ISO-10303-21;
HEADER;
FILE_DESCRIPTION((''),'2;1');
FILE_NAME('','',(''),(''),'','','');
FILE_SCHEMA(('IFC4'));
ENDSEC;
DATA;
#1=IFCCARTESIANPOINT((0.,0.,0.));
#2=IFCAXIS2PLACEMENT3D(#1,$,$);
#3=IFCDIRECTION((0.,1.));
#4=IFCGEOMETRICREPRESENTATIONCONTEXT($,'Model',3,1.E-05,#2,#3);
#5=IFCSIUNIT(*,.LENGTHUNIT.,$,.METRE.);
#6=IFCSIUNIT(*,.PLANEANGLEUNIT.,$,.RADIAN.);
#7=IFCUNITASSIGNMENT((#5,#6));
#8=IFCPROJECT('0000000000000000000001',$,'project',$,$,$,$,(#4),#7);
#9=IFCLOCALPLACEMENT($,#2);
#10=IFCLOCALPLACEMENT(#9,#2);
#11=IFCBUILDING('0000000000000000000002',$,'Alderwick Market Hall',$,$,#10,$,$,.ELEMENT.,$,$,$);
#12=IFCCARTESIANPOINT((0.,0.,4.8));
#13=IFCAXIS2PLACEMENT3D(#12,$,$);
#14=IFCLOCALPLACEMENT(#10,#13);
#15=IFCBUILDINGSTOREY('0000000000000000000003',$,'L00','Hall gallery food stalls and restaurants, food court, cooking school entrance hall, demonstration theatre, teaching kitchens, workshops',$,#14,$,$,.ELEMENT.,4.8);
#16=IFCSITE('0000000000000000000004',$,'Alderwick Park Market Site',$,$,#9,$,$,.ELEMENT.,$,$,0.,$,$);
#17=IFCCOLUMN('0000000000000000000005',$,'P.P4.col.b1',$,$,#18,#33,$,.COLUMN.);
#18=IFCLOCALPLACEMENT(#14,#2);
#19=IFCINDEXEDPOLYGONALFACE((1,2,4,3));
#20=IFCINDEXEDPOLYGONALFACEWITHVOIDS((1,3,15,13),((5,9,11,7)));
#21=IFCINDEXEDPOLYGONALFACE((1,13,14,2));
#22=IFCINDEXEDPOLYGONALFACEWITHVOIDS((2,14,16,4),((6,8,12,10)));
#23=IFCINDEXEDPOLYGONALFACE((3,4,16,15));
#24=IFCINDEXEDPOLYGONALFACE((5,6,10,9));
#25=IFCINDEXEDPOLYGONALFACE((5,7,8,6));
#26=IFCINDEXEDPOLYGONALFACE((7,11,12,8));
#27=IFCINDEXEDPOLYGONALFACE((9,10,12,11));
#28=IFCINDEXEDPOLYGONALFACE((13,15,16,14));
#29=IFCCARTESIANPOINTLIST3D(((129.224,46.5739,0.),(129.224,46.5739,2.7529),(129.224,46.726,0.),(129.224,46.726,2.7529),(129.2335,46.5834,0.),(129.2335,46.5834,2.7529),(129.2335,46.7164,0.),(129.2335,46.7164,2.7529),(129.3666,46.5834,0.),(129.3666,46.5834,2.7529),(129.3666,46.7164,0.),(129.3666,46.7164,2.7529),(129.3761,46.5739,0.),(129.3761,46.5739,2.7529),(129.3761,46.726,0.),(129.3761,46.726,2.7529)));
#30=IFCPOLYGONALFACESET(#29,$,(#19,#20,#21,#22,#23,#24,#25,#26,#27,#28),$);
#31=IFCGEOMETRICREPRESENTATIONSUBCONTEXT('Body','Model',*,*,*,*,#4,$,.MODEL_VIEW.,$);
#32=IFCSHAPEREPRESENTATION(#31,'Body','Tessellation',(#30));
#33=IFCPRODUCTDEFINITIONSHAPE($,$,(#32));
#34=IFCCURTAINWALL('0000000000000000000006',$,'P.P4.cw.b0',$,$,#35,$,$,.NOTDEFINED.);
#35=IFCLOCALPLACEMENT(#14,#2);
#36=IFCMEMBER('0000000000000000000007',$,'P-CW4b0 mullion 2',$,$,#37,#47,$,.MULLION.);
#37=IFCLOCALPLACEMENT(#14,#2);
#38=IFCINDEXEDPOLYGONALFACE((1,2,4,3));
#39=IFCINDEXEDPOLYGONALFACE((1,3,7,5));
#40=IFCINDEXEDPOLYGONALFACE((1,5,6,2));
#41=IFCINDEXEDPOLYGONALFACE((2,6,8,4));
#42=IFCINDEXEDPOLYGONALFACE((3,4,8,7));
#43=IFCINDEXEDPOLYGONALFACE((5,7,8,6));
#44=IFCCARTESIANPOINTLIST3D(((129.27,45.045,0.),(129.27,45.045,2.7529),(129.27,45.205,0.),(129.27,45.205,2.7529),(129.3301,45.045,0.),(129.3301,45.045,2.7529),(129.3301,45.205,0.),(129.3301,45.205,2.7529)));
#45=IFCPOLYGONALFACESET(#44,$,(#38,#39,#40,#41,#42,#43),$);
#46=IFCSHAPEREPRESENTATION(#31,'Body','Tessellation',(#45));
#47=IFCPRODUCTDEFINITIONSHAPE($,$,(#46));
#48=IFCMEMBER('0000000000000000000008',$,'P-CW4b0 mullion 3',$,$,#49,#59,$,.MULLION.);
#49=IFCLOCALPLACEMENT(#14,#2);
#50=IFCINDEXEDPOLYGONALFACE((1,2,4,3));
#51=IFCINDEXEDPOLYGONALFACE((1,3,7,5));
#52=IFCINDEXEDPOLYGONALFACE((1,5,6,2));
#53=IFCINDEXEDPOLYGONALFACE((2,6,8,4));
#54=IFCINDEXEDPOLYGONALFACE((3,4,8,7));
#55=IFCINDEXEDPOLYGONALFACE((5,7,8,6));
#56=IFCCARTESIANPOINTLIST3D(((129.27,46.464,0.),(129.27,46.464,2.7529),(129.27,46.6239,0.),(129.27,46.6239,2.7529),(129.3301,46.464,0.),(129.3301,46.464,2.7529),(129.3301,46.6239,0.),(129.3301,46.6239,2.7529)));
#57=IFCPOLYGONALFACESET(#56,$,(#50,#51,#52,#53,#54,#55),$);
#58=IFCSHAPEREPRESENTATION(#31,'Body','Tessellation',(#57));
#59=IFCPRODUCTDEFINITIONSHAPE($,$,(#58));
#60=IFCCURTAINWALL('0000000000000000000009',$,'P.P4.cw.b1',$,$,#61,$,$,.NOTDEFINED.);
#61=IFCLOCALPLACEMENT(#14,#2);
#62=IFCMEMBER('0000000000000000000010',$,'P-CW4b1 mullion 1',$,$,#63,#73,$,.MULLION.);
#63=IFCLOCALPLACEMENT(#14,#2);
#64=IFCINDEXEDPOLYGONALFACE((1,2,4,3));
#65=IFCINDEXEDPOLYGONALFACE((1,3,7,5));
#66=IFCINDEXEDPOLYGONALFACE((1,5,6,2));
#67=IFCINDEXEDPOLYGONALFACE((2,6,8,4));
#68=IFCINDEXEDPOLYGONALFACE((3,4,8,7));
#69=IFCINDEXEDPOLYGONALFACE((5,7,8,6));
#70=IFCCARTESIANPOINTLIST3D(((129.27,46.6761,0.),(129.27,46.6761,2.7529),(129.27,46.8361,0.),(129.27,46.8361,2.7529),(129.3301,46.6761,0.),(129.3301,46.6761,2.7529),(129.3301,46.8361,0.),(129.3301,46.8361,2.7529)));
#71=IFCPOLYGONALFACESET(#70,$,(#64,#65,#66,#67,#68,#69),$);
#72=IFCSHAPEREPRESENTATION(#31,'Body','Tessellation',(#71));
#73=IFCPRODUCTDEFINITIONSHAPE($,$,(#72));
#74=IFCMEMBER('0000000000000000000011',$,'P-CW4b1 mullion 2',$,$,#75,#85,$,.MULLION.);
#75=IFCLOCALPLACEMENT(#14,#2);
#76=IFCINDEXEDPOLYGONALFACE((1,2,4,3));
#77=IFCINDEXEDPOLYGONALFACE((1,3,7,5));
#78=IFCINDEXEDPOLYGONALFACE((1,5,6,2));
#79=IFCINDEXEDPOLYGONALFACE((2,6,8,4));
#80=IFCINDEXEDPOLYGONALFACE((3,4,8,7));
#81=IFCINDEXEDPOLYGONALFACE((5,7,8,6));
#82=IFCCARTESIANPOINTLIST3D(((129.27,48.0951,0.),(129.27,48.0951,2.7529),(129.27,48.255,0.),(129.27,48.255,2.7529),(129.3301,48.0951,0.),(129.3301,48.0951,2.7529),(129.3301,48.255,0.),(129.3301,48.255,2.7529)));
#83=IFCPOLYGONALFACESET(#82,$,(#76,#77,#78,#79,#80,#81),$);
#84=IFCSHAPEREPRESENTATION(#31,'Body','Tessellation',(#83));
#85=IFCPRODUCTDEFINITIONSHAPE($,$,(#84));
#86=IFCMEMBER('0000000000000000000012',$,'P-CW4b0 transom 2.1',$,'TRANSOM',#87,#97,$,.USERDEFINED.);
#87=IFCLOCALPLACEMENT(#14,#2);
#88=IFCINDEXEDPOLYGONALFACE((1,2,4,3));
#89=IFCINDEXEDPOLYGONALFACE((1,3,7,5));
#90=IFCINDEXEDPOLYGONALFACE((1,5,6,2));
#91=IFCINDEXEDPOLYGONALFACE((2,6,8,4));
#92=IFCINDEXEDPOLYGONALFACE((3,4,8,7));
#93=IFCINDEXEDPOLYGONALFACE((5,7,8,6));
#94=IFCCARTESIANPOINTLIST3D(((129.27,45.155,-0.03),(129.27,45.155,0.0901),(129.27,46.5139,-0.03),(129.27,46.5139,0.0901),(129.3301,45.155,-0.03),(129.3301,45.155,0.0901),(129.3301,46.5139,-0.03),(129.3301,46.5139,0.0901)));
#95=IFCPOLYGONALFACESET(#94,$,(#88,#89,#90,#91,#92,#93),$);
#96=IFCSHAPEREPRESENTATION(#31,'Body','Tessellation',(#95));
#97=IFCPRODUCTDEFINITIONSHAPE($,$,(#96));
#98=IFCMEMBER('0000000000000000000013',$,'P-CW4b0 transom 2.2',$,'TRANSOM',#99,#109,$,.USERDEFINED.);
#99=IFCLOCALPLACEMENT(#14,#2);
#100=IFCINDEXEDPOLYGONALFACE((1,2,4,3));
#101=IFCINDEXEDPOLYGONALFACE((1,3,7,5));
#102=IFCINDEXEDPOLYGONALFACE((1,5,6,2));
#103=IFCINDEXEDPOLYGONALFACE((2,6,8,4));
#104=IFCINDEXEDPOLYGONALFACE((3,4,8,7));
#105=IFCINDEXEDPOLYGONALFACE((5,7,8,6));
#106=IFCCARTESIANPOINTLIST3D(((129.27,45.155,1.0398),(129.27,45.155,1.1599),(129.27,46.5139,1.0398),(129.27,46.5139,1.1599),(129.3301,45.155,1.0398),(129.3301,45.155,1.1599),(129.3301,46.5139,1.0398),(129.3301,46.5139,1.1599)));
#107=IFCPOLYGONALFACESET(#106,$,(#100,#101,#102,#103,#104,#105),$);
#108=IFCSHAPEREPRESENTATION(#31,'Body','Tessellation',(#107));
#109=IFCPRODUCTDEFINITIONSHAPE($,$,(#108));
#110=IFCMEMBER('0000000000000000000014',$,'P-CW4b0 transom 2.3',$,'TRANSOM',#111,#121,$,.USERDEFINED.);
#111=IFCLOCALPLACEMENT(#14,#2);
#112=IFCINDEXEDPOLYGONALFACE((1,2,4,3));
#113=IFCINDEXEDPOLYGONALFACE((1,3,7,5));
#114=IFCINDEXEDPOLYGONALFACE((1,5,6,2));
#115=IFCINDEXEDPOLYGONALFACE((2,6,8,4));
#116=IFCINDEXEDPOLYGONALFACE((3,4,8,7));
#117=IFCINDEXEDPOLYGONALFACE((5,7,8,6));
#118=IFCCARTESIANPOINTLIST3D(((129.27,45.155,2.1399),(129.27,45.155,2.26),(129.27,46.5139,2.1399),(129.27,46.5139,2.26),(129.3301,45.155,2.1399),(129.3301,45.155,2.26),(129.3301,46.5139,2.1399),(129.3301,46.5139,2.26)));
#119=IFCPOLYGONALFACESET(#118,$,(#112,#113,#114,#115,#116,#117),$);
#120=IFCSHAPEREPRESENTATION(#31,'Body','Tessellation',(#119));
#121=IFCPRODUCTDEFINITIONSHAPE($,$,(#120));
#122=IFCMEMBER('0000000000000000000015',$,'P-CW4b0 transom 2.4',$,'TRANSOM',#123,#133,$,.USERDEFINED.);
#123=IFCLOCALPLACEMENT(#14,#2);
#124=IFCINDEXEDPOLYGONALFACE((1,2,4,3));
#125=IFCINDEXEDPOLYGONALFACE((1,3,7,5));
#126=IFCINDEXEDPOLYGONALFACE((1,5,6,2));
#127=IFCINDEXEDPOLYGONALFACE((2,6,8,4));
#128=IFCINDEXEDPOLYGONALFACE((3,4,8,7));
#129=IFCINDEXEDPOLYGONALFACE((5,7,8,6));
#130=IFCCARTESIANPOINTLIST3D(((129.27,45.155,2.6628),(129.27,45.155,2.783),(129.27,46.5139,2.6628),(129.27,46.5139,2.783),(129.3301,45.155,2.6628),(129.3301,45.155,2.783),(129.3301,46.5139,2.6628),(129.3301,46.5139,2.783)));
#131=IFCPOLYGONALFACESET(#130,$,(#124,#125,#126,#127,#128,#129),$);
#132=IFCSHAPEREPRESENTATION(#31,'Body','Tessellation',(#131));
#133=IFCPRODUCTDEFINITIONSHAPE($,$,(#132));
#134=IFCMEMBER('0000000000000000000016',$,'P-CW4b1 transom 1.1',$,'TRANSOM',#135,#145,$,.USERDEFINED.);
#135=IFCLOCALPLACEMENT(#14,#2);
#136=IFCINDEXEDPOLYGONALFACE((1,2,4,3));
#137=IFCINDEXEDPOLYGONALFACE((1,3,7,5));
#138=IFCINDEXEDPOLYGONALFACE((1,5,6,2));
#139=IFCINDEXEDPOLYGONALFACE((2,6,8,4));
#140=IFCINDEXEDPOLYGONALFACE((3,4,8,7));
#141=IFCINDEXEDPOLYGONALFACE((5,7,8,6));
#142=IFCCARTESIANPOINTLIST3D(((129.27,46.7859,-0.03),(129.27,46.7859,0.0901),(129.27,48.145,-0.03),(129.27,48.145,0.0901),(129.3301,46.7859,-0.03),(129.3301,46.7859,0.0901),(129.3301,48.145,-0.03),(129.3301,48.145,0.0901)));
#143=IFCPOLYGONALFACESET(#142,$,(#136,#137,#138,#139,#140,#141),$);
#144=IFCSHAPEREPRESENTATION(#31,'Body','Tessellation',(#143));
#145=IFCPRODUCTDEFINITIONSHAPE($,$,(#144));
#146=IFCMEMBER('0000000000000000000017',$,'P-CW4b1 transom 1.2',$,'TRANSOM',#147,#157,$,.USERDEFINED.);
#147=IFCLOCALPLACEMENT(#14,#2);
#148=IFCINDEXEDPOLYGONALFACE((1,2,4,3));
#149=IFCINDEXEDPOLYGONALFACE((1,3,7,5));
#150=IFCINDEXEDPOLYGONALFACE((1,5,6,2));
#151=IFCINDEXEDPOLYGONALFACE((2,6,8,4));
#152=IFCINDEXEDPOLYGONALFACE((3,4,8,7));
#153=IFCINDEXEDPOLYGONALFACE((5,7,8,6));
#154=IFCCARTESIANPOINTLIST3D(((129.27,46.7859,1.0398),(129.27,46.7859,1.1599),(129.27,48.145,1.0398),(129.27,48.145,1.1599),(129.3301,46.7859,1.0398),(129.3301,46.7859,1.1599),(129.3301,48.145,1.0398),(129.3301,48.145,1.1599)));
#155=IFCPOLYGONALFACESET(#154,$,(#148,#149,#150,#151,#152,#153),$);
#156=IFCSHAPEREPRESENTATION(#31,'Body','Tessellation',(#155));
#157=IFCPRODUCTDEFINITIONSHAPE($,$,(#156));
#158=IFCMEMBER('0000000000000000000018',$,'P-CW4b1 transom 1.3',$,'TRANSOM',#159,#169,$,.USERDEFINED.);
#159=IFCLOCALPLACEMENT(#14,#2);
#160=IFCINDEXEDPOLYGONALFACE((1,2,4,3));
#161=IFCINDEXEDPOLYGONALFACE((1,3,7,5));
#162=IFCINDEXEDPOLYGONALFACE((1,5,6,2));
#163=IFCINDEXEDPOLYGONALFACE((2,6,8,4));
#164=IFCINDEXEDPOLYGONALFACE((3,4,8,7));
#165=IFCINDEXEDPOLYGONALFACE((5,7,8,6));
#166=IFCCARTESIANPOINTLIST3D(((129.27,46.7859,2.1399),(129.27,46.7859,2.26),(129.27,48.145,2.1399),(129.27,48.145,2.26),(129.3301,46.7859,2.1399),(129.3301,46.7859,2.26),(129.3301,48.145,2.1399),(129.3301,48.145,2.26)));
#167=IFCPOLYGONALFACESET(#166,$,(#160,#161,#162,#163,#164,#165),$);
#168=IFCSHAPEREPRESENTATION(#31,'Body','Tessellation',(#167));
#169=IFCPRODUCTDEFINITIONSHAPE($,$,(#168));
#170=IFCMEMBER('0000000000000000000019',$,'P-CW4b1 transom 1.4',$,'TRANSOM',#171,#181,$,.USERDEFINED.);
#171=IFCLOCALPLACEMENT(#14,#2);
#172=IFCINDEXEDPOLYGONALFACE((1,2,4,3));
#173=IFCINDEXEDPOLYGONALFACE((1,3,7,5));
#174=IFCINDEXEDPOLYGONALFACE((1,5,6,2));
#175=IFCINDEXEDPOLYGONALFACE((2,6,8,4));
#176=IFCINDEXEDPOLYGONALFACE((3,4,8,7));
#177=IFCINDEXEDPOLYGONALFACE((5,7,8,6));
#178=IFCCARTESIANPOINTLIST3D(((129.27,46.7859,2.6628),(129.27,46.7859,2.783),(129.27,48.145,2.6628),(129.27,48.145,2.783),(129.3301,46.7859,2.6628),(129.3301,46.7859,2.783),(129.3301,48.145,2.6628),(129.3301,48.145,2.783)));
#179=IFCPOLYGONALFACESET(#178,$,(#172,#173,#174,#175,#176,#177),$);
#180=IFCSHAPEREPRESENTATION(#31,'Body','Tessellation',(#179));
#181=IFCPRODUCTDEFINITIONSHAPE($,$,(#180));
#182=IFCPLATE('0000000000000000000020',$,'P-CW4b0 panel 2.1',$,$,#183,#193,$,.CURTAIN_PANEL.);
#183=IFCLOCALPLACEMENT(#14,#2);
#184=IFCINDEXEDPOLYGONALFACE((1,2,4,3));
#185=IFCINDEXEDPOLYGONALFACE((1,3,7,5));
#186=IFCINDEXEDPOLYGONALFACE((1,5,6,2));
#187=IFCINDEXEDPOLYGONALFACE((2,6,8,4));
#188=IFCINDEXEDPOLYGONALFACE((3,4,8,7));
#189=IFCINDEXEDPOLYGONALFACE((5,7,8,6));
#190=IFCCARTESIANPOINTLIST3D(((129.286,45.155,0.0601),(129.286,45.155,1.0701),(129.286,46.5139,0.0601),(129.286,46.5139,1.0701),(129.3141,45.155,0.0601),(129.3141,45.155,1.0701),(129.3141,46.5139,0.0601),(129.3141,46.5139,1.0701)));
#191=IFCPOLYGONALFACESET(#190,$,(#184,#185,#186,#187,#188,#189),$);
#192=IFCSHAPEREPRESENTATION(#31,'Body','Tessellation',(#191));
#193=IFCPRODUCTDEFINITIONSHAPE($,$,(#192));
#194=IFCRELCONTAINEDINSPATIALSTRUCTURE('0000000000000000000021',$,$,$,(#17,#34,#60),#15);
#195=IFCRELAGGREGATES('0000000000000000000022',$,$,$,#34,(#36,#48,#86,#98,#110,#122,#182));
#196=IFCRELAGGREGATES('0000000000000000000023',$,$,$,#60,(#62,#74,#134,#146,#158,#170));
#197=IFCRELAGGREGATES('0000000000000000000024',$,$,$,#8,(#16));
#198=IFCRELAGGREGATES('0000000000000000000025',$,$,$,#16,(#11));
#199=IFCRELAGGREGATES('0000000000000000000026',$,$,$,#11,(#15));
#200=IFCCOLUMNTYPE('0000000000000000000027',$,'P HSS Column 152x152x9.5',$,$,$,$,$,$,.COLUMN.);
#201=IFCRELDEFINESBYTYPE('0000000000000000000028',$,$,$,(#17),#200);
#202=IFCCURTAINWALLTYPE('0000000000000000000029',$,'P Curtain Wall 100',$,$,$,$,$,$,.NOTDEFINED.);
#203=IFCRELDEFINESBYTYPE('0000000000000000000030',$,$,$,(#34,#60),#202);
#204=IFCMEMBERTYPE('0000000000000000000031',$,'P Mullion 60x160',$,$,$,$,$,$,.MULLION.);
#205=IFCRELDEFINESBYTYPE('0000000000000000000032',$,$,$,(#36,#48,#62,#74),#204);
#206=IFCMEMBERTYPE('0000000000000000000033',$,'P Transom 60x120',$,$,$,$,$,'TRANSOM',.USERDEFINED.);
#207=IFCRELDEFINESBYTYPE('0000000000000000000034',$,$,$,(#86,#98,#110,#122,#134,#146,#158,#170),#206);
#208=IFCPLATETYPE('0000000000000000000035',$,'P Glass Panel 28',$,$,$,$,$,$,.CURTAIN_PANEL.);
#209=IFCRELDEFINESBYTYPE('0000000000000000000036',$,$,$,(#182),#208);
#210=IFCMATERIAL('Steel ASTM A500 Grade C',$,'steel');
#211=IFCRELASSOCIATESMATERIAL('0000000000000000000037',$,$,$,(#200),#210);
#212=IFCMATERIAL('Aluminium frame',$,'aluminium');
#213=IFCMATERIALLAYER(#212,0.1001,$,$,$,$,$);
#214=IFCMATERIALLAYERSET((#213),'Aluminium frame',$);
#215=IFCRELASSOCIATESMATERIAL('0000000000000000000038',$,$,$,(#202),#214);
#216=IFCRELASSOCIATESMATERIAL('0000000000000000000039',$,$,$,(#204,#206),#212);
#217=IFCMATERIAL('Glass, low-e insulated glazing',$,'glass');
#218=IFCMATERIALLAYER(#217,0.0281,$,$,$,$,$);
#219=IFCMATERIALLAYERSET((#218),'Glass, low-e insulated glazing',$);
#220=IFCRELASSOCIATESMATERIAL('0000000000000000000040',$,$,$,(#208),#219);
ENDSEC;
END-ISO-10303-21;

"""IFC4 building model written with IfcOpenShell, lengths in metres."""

from ifc_helpers import new_model, si_unit, direction, frame, origin, origin_2d, place, context, subcontext, project, spatial, rectangle, hollow_rectangle, extrude, material, layer, layer_set, material_profile, profile_set, type_object, element, aggregate, save


model = new_model("IFC4")

# Units and contexts
model_context = context("Model", 3, precision=1e-05, world=origin(), true_north=direction((0.0, 1.0)))
body_context = subcontext(model_context, "Body", "Model", "MODEL_VIEW")
ifc_project = project(units=[si_unit("LENGTHUNIT", "METRE"), si_unit("PLANEANGLEUNIT", "RADIAN")], contexts=[model_context])

# Site, building, storey
site_placement = place(None, origin())
site = spatial("IfcSite", under=ifc_project, at=site_placement, Name="Alderwick Park Market Site", CompositionType="ELEMENT", RefElevation=0.0)
building_placement = place(site_placement, origin())
building = spatial("IfcBuilding", under=site, at=building_placement, Name="Alderwick Market Hall", CompositionType="ELEMENT")
storey_placement = place(building_placement, frame((0.0, 0.0, 4.8)))
storey = spatial("IfcBuildingStorey", under=building, at=storey_placement, Name="L00", Description="Hall gallery food stalls and restaurants, food court, cooking school entrance hall, demonstration theatre, teaching kitchens, workshops", CompositionType="ELEMENT", Elevation=4.8)

# Column
ifc_material_1 = material(Name="Steel ASTM A500 Grade C", Category="steel")
ifc_material_profile_1 = material_profile(ifc_material_1, hollow_rectangle(XDim=0.1521, YDim=0.1521, WallThickness=0.0095, at=origin_2d()), Name="HSS152x152x9.5")
ifc_profile_set_1 = profile_set([ifc_material_profile_1], Name="Steel ASTM A500 Grade C")
column_type = type_object("IfcColumnType", Name="P HSS Column 152x152x9.5", PredefinedType="COLUMN", material=ifc_profile_set_1)
column_placement = place(storey_placement, frame((129.3, 46.6499, 0.0), z_axis=(0.0, 0.0, 1.0), x_axis=(1.0, 0.0, 0.0)))
element("IfcColumn", 1, at=column_placement, inside=storey, type_object=column_type, Name="P.P4.col.b1", PredefinedType="COLUMN", context=body_context, shape_type="SweptSolid", body=[
    extrude(hollow_rectangle(XDim=0.1521, YDim=0.1521, WallThickness=0.0095, at=origin_2d()), origin(), (0.0, 0.0, 1.0), 2.7529),
])

# Curtain walls, members
ifc_material_2 = material(Name="Aluminium frame", Category="aluminium")
ifc_layer_1 = layer(ifc_material_2, 0.1001)
ifc_layer_set_1 = layer_set([ifc_layer_1], Name="Aluminium frame")
curtain_wall_type = type_object("IfcCurtainWallType", Name="P Curtain Wall 100", PredefinedType="NOTDEFINED", material=ifc_layer_set_1)
curtain_wall_1_placement = place(storey_placement, origin())
curtain_wall_1 = element("IfcCurtainWall", 2, at=curtain_wall_1_placement, inside=storey, type_object=curtain_wall_type, Name="P.P4.cw.b0", PredefinedType="NOTDEFINED")
ifc_material_profile_2 = material_profile(ifc_material_2, rectangle(XDim=0.0601, YDim=0.1599, at=origin_2d()), Name="P Mullion 60x160")
ifc_profile_set_2 = profile_set([ifc_material_profile_2], Name="Aluminium frame")
member_type_1 = type_object("IfcMemberType", Name="P Mullion 60x160", PredefinedType="MULLION", material=ifc_profile_set_2)
member_1_placement = place(storey_placement, frame((129.3, 45.125, 0.0), z_axis=(0.0, 0.0, 1.0), x_axis=(-1.0, 0.0, 0.0)))
member_1 = element("IfcMember", 3, at=member_1_placement, type_object=member_type_1, Name="P-CW4b0 mullion 2", PredefinedType="MULLION", context=body_context, shape_type="SweptSolid", body=[
    extrude(rectangle(XDim=0.0601, YDim=0.1599, at=origin_2d()), origin(), (0.0, 0.0, 1.0), 2.7529),
])
member_2_placement = place(storey_placement, frame((129.3, 46.5439, 0.0), z_axis=(0.0, 0.0, 1.0), x_axis=(-1.0, 0.0, 0.0)))
member_2 = element("IfcMember", 4, at=member_2_placement, type_object=member_type_1, Name="P-CW4b0 mullion 3", PredefinedType="MULLION", context=body_context, shape_type="SweptSolid", body=[
    extrude(rectangle(XDim=0.0601, YDim=0.1599, at=origin_2d()), origin(), (0.0, 0.0, 1.0), 2.7529),
])
curtain_wall_2_placement = place(storey_placement, origin())
curtain_wall_2 = element("IfcCurtainWall", 5, at=curtain_wall_2_placement, inside=storey, type_object=curtain_wall_type, Name="P.P4.cw.b1", PredefinedType="NOTDEFINED")
member_3_placement = place(storey_placement, frame((129.3, 46.7561, 0.0), z_axis=(0.0, 0.0, 1.0), x_axis=(-1.0, 0.0, 0.0)))
member_3 = element("IfcMember", 6, at=member_3_placement, type_object=member_type_1, Name="P-CW4b1 mullion 1", PredefinedType="MULLION", context=body_context, shape_type="SweptSolid", body=[
    extrude(rectangle(XDim=0.0601, YDim=0.1599, at=origin_2d()), origin(), (0.0, 0.0, 1.0), 2.7529),
])
member_4_placement = place(storey_placement, frame((129.3, 48.175, 0.0), z_axis=(0.0, 0.0, 1.0), x_axis=(-1.0, 0.0, 0.0)))
member_4 = element("IfcMember", 7, at=member_4_placement, type_object=member_type_1, Name="P-CW4b1 mullion 2", PredefinedType="MULLION", context=body_context, shape_type="SweptSolid", body=[
    extrude(rectangle(XDim=0.0601, YDim=0.1599, at=origin_2d()), origin(), (0.0, 0.0, 1.0), 2.7529),
])

# Members
ifc_material_profile_3 = material_profile(ifc_material_2, rectangle(XDim=0.0601, YDim=0.1201, at=origin_2d()), Name="P Transom 60x120")
ifc_profile_set_3 = profile_set([ifc_material_profile_3], Name="Aluminium frame")
member_type_2 = type_object("IfcMemberType", Name="P Transom 60x120", ElementType="TRANSOM", PredefinedType="USERDEFINED", material=ifc_profile_set_3)
member_5_placement = place(storey_placement, frame((129.3, 45.155, 0.03), z_axis=(0.0, 1.0, 0.0), x_axis=(-1.0, 0.0, 0.0)))
member_5 = element("IfcMember", 8, at=member_5_placement, type_object=member_type_2, Name="P-CW4b0 transom 2.1", ObjectType="TRANSOM", PredefinedType="USERDEFINED", context=body_context, shape_type="SweptSolid", body=[
    extrude(rectangle(XDim=0.0601, YDim=0.1201, at=origin_2d()), origin(), (0.0, 0.0, 1.0), 1.3589),
])
member_6_placement = place(storey_placement, frame((129.3, 45.155, 1.0999), z_axis=(0.0, 1.0, 0.0), x_axis=(-1.0, 0.0, 0.0)))
member_6 = element("IfcMember", 9, at=member_6_placement, type_object=member_type_2, Name="P-CW4b0 transom 2.2", ObjectType="TRANSOM", PredefinedType="USERDEFINED", context=body_context, shape_type="SweptSolid", body=[
    extrude(rectangle(XDim=0.0601, YDim=0.1201, at=origin_2d()), origin(), (0.0, 0.0, 1.0), 1.3589),
])
member_7_placement = place(storey_placement, frame((129.3, 45.155, 2.2), z_axis=(0.0, 1.0, 0.0), x_axis=(-1.0, 0.0, 0.0)))
member_7 = element("IfcMember", 10, at=member_7_placement, type_object=member_type_2, Name="P-CW4b0 transom 2.3", ObjectType="TRANSOM", PredefinedType="USERDEFINED", context=body_context, shape_type="SweptSolid", body=[
    extrude(rectangle(XDim=0.0601, YDim=0.1201, at=origin_2d()), origin(), (0.0, 0.0, 1.0), 1.3589),
])
member_8_placement = place(storey_placement, frame((129.3, 45.155, 2.7229), z_axis=(0.0, 1.0, 0.0), x_axis=(-1.0, 0.0, 0.0)))
member_8 = element("IfcMember", 11, at=member_8_placement, type_object=member_type_2, Name="P-CW4b0 transom 2.4", ObjectType="TRANSOM", PredefinedType="USERDEFINED", context=body_context, shape_type="SweptSolid", body=[
    extrude(rectangle(XDim=0.0601, YDim=0.1201, at=origin_2d()), origin(), (0.0, 0.0, 1.0), 1.3589),
])
member_9_placement = place(storey_placement, frame((129.3, 46.7859, 0.03), z_axis=(0.0, 1.0, 0.0), x_axis=(-1.0, 0.0, 0.0)))
member_9 = element("IfcMember", 12, at=member_9_placement, type_object=member_type_2, Name="P-CW4b1 transom 1.1", ObjectType="TRANSOM", PredefinedType="USERDEFINED", context=body_context, shape_type="SweptSolid", body=[
    extrude(rectangle(XDim=0.0601, YDim=0.1201, at=origin_2d()), origin(), (0.0, 0.0, 1.0), 1.3591),
])
member_10_placement = place(storey_placement, frame((129.3, 46.7859, 1.0999), z_axis=(0.0, 1.0, 0.0), x_axis=(-1.0, 0.0, 0.0)))
member_10 = element("IfcMember", 13, at=member_10_placement, type_object=member_type_2, Name="P-CW4b1 transom 1.2", ObjectType="TRANSOM", PredefinedType="USERDEFINED", context=body_context, shape_type="SweptSolid", body=[
    extrude(rectangle(XDim=0.0601, YDim=0.1201, at=origin_2d()), origin(), (0.0, 0.0, 1.0), 1.3591),
])
member_11_placement = place(storey_placement, frame((129.3, 46.7859, 2.2), z_axis=(0.0, 1.0, 0.0), x_axis=(-1.0, 0.0, 0.0)))
member_11 = element("IfcMember", 14, at=member_11_placement, type_object=member_type_2, Name="P-CW4b1 transom 1.3", ObjectType="TRANSOM", PredefinedType="USERDEFINED", context=body_context, shape_type="SweptSolid", body=[
    extrude(rectangle(XDim=0.0601, YDim=0.1201, at=origin_2d()), origin(), (0.0, 0.0, 1.0), 1.3591),
])
member_12_placement = place(storey_placement, frame((129.3, 46.7859, 2.7229), z_axis=(0.0, 1.0, 0.0), x_axis=(-1.0, 0.0, 0.0)))
member_12 = element("IfcMember", 15, at=member_12_placement, type_object=member_type_2, Name="P-CW4b1 transom 1.4", ObjectType="TRANSOM", PredefinedType="USERDEFINED", context=body_context, shape_type="SweptSolid", body=[
    extrude(rectangle(XDim=0.0601, YDim=0.1201, at=origin_2d()), origin(), (0.0, 0.0, 1.0), 1.3591),
])

# Plate
ifc_material_3 = material(Name="Glass, low-e insulated glazing", Category="glass")
ifc_layer_2 = layer(ifc_material_3, 0.0281)
ifc_layer_set_2 = layer_set([ifc_layer_2], Name="Glass, low-e insulated glazing")
plate_type = type_object("IfcPlateType", Name="P Glass Panel 28", PredefinedType="CURTAIN_PANEL", material=ifc_layer_set_2)
plate_1_placement = place(storey_placement, frame((129.3, 45.8345, 0.0601), z_axis=(0.0, 0.0, 1.0), x_axis=(0.0, 1.0, 0.0)))
plate_1 = element("IfcPlate", 16, at=plate_1_placement, type_object=plate_type, Name="P-CW4b0 panel 2.1", PredefinedType="CURTAIN_PANEL", context=body_context, shape_type="SweptSolid", body=[
    extrude(rectangle(XDim=1.3589, YDim=0.0281, at=origin_2d()), origin(), (0.0, 0.0, 1.0), 1.01),
])
aggregate(curtain_wall_1, [member_1, member_2, member_5, member_6, member_7, member_8, plate_1])
aggregate(curtain_wall_2, [member_3, member_4, member_9, member_10, member_11, member_12])

save(model, "model.ifc")
